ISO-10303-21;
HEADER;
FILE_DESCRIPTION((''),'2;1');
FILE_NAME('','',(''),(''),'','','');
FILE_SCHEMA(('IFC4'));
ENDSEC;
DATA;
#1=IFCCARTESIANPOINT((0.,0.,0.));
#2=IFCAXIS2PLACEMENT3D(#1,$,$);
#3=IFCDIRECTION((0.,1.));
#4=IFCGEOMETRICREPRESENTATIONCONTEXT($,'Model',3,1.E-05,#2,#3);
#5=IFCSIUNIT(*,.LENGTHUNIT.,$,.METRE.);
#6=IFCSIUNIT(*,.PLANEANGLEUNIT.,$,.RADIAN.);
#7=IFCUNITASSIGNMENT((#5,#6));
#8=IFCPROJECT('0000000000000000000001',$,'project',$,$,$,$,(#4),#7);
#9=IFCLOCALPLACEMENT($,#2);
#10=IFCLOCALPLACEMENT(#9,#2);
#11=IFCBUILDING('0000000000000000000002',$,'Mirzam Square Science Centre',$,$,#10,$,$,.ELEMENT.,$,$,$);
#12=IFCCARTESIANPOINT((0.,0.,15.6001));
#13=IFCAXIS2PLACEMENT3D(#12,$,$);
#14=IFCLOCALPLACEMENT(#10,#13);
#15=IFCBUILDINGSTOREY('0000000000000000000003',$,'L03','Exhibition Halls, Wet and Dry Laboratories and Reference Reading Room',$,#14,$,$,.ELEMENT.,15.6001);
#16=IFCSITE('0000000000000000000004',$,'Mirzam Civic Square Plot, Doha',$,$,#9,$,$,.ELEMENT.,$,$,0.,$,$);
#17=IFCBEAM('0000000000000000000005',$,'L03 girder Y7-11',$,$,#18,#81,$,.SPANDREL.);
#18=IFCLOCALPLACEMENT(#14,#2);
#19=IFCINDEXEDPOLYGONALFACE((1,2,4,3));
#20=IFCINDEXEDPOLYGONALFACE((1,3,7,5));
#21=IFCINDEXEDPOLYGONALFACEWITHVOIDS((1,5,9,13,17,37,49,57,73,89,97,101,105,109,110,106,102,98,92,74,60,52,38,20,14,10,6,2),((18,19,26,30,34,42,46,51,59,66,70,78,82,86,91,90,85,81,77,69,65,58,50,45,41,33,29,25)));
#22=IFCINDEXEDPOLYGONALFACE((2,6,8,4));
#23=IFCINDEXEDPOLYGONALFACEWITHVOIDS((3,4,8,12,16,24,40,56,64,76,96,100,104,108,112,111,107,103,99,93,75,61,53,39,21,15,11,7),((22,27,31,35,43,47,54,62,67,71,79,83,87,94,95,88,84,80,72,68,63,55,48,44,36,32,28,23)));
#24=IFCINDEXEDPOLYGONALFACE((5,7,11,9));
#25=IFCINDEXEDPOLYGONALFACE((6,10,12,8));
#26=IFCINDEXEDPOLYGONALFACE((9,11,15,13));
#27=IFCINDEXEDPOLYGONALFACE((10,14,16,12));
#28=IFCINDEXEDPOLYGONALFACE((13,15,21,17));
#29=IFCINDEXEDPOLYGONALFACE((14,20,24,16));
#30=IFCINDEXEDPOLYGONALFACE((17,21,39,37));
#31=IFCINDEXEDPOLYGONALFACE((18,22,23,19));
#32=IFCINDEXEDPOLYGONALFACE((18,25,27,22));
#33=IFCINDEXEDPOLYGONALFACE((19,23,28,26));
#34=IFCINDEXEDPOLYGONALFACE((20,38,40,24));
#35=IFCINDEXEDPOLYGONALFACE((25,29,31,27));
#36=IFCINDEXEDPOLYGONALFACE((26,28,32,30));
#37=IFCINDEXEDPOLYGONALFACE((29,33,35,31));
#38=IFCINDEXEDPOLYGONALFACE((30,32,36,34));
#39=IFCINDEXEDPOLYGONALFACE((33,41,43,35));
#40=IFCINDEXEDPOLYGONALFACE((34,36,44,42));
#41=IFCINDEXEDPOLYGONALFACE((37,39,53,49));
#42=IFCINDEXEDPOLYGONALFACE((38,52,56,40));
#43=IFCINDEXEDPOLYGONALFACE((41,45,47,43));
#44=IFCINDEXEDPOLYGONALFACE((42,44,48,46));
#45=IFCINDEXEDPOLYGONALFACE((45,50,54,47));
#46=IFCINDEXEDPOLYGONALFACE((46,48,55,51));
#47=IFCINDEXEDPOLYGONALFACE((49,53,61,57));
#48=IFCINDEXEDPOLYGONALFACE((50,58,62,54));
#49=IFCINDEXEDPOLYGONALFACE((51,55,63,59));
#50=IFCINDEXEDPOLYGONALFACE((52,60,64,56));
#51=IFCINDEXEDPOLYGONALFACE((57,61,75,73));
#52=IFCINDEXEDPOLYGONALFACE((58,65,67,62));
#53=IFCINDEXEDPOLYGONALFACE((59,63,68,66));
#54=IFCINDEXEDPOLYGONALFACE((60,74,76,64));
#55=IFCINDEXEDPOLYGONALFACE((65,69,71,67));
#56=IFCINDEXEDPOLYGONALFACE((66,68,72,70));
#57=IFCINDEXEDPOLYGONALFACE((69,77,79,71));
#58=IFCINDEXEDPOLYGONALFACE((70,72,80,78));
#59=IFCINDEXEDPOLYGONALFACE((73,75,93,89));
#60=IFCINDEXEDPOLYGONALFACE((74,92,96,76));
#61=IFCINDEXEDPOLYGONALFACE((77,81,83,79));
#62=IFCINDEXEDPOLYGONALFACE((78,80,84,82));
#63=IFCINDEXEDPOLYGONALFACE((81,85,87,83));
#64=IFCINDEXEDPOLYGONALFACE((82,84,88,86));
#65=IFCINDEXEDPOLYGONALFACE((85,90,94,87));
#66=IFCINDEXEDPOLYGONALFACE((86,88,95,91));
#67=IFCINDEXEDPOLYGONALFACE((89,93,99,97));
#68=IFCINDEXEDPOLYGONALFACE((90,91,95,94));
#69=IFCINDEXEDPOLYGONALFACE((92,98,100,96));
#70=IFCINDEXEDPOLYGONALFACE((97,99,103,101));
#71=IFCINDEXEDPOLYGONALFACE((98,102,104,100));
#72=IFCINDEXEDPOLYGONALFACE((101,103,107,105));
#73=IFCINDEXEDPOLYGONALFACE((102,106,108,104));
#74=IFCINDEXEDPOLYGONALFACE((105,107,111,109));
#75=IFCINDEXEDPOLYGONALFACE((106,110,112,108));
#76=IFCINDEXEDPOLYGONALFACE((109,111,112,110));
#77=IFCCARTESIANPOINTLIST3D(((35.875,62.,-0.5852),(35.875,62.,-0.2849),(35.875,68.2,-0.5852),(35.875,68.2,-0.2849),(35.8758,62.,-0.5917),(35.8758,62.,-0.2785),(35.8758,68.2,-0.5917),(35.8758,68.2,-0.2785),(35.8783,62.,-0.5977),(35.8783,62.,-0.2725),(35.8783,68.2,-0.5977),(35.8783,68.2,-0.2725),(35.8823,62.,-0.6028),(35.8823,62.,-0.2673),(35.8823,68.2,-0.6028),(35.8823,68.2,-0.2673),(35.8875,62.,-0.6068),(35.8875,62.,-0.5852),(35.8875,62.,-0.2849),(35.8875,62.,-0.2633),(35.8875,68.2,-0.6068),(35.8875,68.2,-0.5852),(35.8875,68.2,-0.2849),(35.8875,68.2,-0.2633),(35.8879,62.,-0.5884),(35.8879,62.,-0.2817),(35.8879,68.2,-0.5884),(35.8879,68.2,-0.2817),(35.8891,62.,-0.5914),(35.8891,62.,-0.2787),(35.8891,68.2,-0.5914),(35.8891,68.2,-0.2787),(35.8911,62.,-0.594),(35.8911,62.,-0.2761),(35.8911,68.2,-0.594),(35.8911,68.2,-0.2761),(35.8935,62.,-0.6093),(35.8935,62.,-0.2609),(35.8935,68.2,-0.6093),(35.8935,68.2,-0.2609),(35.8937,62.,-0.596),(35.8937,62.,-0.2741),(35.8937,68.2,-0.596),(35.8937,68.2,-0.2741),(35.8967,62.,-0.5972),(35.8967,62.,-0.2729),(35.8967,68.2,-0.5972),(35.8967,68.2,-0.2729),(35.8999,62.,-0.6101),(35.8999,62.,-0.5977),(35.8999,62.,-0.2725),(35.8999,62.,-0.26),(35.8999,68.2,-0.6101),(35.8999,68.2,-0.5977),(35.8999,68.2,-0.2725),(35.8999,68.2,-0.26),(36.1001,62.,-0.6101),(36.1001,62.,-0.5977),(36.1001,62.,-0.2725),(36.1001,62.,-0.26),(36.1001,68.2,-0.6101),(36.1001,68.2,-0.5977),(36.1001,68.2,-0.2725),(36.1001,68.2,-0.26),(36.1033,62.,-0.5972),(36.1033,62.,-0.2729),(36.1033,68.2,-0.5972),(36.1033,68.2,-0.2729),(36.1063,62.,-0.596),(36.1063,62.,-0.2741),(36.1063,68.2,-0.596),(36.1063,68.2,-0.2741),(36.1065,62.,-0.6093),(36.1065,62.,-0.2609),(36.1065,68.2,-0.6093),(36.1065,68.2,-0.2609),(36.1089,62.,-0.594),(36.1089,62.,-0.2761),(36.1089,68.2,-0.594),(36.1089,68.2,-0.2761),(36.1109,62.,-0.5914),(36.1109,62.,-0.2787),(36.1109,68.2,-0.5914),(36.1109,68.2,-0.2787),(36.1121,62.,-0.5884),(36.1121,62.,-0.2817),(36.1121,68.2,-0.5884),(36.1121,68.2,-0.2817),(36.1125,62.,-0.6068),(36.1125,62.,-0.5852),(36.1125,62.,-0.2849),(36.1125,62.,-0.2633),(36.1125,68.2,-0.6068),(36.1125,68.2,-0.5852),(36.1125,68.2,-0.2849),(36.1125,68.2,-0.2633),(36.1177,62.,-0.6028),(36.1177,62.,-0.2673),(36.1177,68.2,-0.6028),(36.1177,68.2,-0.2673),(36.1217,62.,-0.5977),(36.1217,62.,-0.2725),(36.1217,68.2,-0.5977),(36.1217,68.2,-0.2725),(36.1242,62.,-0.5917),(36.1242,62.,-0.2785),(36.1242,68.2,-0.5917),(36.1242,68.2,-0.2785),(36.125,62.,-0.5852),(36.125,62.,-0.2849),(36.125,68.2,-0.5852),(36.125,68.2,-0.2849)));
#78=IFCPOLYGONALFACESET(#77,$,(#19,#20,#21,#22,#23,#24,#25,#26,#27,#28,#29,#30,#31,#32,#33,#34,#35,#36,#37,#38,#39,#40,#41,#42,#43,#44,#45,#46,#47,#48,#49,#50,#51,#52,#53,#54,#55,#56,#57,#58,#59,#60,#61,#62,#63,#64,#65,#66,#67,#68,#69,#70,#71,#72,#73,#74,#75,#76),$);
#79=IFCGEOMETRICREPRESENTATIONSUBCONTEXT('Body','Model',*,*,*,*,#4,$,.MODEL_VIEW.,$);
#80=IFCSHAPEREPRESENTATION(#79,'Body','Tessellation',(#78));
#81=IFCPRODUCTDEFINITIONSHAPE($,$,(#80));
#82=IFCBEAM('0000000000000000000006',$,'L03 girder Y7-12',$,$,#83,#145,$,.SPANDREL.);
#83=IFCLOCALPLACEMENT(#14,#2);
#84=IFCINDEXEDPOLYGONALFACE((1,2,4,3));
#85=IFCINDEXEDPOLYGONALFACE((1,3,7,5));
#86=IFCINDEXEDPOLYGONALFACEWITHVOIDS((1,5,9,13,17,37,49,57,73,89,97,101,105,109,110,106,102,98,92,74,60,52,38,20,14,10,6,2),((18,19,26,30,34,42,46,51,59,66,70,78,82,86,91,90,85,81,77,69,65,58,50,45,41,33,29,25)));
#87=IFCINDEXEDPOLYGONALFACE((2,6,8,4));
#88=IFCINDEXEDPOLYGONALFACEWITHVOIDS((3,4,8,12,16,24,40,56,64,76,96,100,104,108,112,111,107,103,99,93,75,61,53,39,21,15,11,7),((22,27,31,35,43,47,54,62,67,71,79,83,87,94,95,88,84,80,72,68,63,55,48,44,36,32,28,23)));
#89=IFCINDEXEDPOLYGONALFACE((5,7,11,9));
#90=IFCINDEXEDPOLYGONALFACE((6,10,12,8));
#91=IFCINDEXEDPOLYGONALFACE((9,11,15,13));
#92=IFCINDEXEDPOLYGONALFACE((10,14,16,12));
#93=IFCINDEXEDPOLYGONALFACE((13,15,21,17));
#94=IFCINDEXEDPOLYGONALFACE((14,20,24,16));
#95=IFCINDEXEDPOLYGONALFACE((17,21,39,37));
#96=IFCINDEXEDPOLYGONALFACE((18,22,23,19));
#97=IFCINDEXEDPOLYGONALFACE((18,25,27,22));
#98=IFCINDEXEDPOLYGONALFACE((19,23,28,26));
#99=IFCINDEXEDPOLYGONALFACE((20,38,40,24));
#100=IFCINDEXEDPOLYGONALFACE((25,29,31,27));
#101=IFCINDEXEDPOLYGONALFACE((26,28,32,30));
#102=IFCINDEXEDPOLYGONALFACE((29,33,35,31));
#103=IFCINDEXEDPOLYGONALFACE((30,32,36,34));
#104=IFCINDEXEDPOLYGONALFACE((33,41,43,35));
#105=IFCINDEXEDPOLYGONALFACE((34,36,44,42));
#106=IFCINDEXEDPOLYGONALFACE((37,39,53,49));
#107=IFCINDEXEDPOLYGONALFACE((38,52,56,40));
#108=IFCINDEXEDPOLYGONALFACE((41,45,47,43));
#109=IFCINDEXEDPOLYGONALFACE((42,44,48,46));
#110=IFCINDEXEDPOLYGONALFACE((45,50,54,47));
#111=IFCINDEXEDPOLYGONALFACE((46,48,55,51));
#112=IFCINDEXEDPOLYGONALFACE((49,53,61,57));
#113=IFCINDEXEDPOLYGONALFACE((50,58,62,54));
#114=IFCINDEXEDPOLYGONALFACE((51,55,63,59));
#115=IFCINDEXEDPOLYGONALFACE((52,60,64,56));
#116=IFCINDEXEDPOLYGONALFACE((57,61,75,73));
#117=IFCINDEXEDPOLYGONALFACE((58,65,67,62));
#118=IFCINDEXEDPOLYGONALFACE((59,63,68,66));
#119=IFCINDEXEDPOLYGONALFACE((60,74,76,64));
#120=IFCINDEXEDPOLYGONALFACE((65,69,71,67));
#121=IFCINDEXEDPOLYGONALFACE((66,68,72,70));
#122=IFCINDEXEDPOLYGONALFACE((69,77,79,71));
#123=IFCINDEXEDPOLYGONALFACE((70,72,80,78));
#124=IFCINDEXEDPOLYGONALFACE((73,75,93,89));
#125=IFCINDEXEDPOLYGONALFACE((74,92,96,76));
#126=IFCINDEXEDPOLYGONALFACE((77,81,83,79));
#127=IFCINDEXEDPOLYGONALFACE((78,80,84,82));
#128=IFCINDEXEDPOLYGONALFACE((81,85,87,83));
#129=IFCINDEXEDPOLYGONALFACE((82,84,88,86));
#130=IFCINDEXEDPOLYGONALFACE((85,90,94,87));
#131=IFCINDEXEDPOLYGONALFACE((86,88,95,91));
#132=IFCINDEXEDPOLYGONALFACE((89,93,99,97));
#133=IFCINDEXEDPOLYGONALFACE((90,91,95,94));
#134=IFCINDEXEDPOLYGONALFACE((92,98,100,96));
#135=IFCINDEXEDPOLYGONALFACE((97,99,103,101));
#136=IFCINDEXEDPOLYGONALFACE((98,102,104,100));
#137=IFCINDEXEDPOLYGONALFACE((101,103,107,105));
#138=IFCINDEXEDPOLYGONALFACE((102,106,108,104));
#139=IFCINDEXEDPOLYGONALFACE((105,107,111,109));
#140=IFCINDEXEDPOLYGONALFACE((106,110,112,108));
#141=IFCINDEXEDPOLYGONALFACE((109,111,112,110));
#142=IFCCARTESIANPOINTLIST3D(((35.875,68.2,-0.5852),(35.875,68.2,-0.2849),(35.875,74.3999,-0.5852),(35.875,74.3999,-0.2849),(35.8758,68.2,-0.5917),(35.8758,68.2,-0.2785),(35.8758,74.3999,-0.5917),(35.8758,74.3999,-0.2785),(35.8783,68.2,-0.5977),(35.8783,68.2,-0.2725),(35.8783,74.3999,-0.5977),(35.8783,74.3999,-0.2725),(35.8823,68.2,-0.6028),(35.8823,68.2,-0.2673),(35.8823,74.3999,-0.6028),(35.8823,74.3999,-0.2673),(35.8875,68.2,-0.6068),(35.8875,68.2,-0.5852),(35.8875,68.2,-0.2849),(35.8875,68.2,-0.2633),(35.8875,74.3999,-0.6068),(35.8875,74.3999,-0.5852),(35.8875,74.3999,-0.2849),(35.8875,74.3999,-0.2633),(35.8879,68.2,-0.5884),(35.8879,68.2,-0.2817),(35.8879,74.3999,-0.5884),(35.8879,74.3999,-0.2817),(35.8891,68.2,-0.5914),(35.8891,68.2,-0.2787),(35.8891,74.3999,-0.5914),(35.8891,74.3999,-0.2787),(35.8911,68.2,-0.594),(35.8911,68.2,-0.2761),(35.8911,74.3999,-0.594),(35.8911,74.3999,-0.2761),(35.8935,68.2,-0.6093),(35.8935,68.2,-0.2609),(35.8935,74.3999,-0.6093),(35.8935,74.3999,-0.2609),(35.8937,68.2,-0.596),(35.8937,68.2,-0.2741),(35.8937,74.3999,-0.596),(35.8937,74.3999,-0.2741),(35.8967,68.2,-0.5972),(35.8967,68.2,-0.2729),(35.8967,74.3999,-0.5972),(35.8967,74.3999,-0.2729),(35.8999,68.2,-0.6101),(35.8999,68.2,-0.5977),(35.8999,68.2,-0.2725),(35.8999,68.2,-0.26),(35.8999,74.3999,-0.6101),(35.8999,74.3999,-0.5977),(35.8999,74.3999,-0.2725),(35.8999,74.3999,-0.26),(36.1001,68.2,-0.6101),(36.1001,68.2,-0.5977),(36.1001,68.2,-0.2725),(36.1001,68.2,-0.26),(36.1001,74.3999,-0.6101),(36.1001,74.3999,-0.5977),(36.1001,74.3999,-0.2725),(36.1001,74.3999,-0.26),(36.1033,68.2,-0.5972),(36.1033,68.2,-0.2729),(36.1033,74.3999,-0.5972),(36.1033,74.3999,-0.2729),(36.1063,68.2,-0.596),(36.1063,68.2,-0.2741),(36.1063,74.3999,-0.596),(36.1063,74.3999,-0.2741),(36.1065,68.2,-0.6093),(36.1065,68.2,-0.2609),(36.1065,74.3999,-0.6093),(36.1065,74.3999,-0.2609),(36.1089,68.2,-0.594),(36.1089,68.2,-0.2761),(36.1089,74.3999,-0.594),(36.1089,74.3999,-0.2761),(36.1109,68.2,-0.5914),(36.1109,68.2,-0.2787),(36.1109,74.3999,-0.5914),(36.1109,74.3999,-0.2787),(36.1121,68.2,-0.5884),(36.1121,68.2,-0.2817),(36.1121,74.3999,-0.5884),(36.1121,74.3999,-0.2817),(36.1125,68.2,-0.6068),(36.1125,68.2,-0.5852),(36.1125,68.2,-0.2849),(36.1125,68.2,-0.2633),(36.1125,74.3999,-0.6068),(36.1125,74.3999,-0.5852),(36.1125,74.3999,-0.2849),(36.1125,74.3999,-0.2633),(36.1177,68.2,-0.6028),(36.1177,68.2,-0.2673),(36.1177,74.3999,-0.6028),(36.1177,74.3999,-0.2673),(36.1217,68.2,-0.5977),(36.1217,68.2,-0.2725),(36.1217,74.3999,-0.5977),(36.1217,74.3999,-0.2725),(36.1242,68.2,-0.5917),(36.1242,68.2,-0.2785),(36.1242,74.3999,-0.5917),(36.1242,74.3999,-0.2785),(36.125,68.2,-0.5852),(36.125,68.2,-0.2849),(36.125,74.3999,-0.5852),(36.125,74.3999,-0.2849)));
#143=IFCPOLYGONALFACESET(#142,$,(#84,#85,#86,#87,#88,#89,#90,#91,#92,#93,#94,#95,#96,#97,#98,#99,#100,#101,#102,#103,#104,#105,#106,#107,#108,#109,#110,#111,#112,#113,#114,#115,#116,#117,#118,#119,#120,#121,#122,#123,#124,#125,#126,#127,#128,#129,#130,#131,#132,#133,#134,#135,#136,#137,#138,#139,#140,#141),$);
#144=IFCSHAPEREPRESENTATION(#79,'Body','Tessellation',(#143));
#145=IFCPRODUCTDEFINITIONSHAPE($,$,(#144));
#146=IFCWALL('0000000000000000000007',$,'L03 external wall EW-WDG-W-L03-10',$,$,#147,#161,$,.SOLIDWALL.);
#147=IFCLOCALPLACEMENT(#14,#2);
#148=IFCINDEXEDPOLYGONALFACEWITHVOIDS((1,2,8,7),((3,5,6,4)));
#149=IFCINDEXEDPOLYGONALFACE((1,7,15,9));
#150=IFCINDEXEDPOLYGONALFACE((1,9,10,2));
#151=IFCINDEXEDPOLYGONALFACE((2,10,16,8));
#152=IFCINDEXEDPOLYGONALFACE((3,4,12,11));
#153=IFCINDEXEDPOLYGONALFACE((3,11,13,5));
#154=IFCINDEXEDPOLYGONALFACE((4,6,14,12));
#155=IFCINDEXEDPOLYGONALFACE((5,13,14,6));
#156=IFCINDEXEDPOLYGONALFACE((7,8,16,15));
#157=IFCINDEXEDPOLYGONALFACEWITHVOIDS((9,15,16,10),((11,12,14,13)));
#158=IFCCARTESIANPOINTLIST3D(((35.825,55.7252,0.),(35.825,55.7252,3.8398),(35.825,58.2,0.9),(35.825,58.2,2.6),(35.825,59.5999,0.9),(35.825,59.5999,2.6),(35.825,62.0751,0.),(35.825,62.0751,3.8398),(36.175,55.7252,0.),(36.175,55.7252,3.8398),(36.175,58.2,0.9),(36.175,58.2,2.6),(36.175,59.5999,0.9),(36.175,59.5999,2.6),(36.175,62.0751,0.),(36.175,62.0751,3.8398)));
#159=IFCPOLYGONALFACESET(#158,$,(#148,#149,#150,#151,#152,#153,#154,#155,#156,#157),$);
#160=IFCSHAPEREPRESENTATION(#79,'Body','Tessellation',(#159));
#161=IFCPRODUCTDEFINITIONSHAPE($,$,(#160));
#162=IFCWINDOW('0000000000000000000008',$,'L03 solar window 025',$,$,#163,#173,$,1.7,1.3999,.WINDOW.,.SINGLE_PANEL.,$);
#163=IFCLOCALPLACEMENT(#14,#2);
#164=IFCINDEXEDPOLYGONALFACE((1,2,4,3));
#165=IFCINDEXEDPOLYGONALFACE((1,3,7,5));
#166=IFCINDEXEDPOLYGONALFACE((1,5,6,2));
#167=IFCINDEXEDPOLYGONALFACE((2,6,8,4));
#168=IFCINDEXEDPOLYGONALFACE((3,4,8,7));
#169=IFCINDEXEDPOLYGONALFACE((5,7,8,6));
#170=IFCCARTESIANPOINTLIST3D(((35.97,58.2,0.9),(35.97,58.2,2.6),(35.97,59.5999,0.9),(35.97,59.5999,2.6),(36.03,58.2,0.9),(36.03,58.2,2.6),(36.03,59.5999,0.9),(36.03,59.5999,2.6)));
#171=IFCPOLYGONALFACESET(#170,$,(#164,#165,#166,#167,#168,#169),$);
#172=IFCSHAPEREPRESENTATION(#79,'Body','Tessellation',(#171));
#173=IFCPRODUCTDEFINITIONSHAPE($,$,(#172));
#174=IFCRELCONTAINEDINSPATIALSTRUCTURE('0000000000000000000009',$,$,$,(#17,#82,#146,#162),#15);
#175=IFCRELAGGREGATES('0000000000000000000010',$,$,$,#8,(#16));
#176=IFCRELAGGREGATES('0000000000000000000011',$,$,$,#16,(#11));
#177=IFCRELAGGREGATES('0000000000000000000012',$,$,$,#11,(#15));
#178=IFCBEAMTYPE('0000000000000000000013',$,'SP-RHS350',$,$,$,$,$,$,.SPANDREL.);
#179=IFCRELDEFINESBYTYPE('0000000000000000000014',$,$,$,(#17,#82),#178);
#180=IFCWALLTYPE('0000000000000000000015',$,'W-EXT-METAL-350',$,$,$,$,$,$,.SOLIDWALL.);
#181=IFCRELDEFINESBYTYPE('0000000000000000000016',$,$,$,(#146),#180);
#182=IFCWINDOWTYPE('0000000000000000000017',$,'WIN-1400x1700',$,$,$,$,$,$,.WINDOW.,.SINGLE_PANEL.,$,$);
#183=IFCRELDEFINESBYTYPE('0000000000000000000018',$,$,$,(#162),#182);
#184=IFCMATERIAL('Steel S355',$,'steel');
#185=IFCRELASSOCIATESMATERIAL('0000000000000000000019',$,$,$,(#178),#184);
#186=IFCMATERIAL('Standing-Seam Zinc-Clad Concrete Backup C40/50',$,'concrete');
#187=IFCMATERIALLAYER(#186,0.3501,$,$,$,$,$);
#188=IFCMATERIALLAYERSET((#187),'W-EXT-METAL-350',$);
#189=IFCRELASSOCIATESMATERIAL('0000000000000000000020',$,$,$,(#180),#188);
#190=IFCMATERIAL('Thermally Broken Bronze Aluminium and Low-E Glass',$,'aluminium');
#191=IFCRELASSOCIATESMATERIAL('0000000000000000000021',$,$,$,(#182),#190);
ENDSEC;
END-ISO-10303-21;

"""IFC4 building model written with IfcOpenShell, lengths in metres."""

from ifc_helpers import new_model, si_unit, direction, frame, frame_2d, origin, origin_2d, place, context, subcontext, project, spatial, rectangle, hollow_rectangle, extrude, material, layer, layer_set, material_profile, profile_set, type_object, element, fill, save


model = new_model("IFC4")

# Units and contexts
model_context = context("Model", 3, precision=1e-05, world=origin(), true_north=direction((0.0, 1.0)))
body_context = subcontext(model_context, "Body", "Model", "MODEL_VIEW")
ifc_project = project(units=[si_unit("LENGTHUNIT", "METRE"), si_unit("PLANEANGLEUNIT", "RADIAN")], contexts=[model_context])

# Site, building, storey
site_placement = place(None, origin())
site = spatial("IfcSite", under=ifc_project, at=site_placement, Name="Mirzam Civic Square Plot, Doha", CompositionType="ELEMENT", RefElevation=0.0)
building_placement = place(site_placement, origin())
building = spatial("IfcBuilding", under=site, at=building_placement, Name="Mirzam Square Science Centre", CompositionType="ELEMENT")
storey_placement = place(building_placement, frame((0.0, 0.0, 15.6001)))
storey = spatial("IfcBuildingStorey", under=building, at=storey_placement, Name="L03", Description="Exhibition Halls, Wet and Dry Laboratories and Reference Reading Room", CompositionType="ELEMENT", Elevation=15.6001)

# Shared definitions
ifc_material_1 = material(Name="Steel S355", Category="steel")

# Beams
ifc_material_profile_1 = material_profile(ifc_material_1, hollow_rectangle(XDim=0.25, YDim=0.3501, WallThickness=0.0125, InnerFilletRadius=0.0125, OuterFilletRadius=0.0249, at=origin_2d()), Name="350x250x12.5RHS")
ifc_profile_set_1 = profile_set([ifc_material_profile_1], Name="Steel S355")
beam_type_1 = type_object("IfcBeamType", Name="SP-RHS350", PredefinedType="SPANDREL", material=ifc_profile_set_1)
for number, where, z_axis, x_axis, name in (
    (1, (36.0, 62.0, -0.4351), (0.0, 1.0, 0.0), (-1.0, 0.0, 0.0), "L03 girder Y7-11"),
    (2, (36.0, 68.2, -0.4351), (0.0, 1.0, 0.0), (-1.0, 0.0, 0.0), "L03 girder Y7-12"),
):
    element("IfcBeam", number, at=place(storey_placement, frame(where, z_axis=z_axis, x_axis=x_axis)), inside=storey, type_object=beam_type_1, Name=name, PredefinedType="SPANDREL", context=body_context, shape_type="SweptSolid", body=[
        extrude(hollow_rectangle(XDim=0.25, YDim=0.3501, WallThickness=0.0125, InnerFilletRadius=0.0125, OuterFilletRadius=0.0249, at=origin_2d()), origin(), (0.0, 0.0, 1.0), 6.2),
    ])

# Wall, opening, window
ifc_material_2 = material(Name="Standing-Seam Zinc-Clad Concrete Backup C40/50", Category="concrete")
ifc_layer = layer(ifc_material_2, 0.3501)
ifc_layer_set = layer_set([ifc_layer], Name="W-EXT-METAL-350")
wall_type = type_object("IfcWallType", Name="W-EXT-METAL-350", PredefinedType="SOLIDWALL", material=ifc_layer_set)
wall_placement = place(storey_placement, frame((36.0, 62.075, 0.0), z_axis=(0.0, 0.0, 1.0), x_axis=(0.0, -1.0, 0.0)))
wall = element("IfcWall", 3, at=wall_placement, inside=storey, type_object=wall_type, Name="L03 external wall EW-WDG-W-L03-10", PredefinedType="SOLIDWALL", context=body_context, shape_type="SweptSolid", body=[
    extrude(rectangle(XDim=6.3499, YDim=0.3501, at=frame_2d((3.1748, 0.0))), origin(), (0.0, 0.0, 1.0), 3.8398),
])
opening_placement = place(wall_placement, frame((2.4751, 0.0, 0.8999)))
opening = element("IfcOpeningElement", 4, at=opening_placement, cuts=wall, PredefinedType="OPENING", context=body_context, shape_type="SweptSolid", body=[
    extrude(rectangle(XDim=1.3999, YDim=1.7, at=frame_2d((0.7, 0.8501))), frame((0.0, 0.1851, 0.0), z_axis=(0.0, -1.0, 0.0), x_axis=(1.0, 0.0, 0.0)), (0.0, 0.0, 1.0), 0.3701),
])
ifc_material_3 = material(Name="Thermally Broken Bronze Aluminium and Low-E Glass", Category="aluminium")
window_type = type_object("IfcWindowType", Name="WIN-1400x1700", PartitioningType="SINGLE_PANEL", PredefinedType="WINDOW", material=ifc_material_3)
window_placement = place(opening_placement, origin())
window = element("IfcWindow", 5, at=window_placement, inside=storey, type_object=window_type, Name="L03 solar window 025", OverallHeight=1.7, OverallWidth=1.3999, PartitioningType="SINGLE_PANEL", PredefinedType="WINDOW", context=body_context, shape_type="SweptSolid", body=[
    extrude(rectangle(XDim=1.3999, YDim=1.7, at=frame_2d((0.7, 0.8501))), frame((0.0, 0.03, 0.0), z_axis=(0.0, -1.0, 0.0), x_axis=(1.0, 0.0, 0.0)), (0.0, 0.0, 1.0), 0.0601),
])
fill(opening, window)

save(model, "model.ifc")
